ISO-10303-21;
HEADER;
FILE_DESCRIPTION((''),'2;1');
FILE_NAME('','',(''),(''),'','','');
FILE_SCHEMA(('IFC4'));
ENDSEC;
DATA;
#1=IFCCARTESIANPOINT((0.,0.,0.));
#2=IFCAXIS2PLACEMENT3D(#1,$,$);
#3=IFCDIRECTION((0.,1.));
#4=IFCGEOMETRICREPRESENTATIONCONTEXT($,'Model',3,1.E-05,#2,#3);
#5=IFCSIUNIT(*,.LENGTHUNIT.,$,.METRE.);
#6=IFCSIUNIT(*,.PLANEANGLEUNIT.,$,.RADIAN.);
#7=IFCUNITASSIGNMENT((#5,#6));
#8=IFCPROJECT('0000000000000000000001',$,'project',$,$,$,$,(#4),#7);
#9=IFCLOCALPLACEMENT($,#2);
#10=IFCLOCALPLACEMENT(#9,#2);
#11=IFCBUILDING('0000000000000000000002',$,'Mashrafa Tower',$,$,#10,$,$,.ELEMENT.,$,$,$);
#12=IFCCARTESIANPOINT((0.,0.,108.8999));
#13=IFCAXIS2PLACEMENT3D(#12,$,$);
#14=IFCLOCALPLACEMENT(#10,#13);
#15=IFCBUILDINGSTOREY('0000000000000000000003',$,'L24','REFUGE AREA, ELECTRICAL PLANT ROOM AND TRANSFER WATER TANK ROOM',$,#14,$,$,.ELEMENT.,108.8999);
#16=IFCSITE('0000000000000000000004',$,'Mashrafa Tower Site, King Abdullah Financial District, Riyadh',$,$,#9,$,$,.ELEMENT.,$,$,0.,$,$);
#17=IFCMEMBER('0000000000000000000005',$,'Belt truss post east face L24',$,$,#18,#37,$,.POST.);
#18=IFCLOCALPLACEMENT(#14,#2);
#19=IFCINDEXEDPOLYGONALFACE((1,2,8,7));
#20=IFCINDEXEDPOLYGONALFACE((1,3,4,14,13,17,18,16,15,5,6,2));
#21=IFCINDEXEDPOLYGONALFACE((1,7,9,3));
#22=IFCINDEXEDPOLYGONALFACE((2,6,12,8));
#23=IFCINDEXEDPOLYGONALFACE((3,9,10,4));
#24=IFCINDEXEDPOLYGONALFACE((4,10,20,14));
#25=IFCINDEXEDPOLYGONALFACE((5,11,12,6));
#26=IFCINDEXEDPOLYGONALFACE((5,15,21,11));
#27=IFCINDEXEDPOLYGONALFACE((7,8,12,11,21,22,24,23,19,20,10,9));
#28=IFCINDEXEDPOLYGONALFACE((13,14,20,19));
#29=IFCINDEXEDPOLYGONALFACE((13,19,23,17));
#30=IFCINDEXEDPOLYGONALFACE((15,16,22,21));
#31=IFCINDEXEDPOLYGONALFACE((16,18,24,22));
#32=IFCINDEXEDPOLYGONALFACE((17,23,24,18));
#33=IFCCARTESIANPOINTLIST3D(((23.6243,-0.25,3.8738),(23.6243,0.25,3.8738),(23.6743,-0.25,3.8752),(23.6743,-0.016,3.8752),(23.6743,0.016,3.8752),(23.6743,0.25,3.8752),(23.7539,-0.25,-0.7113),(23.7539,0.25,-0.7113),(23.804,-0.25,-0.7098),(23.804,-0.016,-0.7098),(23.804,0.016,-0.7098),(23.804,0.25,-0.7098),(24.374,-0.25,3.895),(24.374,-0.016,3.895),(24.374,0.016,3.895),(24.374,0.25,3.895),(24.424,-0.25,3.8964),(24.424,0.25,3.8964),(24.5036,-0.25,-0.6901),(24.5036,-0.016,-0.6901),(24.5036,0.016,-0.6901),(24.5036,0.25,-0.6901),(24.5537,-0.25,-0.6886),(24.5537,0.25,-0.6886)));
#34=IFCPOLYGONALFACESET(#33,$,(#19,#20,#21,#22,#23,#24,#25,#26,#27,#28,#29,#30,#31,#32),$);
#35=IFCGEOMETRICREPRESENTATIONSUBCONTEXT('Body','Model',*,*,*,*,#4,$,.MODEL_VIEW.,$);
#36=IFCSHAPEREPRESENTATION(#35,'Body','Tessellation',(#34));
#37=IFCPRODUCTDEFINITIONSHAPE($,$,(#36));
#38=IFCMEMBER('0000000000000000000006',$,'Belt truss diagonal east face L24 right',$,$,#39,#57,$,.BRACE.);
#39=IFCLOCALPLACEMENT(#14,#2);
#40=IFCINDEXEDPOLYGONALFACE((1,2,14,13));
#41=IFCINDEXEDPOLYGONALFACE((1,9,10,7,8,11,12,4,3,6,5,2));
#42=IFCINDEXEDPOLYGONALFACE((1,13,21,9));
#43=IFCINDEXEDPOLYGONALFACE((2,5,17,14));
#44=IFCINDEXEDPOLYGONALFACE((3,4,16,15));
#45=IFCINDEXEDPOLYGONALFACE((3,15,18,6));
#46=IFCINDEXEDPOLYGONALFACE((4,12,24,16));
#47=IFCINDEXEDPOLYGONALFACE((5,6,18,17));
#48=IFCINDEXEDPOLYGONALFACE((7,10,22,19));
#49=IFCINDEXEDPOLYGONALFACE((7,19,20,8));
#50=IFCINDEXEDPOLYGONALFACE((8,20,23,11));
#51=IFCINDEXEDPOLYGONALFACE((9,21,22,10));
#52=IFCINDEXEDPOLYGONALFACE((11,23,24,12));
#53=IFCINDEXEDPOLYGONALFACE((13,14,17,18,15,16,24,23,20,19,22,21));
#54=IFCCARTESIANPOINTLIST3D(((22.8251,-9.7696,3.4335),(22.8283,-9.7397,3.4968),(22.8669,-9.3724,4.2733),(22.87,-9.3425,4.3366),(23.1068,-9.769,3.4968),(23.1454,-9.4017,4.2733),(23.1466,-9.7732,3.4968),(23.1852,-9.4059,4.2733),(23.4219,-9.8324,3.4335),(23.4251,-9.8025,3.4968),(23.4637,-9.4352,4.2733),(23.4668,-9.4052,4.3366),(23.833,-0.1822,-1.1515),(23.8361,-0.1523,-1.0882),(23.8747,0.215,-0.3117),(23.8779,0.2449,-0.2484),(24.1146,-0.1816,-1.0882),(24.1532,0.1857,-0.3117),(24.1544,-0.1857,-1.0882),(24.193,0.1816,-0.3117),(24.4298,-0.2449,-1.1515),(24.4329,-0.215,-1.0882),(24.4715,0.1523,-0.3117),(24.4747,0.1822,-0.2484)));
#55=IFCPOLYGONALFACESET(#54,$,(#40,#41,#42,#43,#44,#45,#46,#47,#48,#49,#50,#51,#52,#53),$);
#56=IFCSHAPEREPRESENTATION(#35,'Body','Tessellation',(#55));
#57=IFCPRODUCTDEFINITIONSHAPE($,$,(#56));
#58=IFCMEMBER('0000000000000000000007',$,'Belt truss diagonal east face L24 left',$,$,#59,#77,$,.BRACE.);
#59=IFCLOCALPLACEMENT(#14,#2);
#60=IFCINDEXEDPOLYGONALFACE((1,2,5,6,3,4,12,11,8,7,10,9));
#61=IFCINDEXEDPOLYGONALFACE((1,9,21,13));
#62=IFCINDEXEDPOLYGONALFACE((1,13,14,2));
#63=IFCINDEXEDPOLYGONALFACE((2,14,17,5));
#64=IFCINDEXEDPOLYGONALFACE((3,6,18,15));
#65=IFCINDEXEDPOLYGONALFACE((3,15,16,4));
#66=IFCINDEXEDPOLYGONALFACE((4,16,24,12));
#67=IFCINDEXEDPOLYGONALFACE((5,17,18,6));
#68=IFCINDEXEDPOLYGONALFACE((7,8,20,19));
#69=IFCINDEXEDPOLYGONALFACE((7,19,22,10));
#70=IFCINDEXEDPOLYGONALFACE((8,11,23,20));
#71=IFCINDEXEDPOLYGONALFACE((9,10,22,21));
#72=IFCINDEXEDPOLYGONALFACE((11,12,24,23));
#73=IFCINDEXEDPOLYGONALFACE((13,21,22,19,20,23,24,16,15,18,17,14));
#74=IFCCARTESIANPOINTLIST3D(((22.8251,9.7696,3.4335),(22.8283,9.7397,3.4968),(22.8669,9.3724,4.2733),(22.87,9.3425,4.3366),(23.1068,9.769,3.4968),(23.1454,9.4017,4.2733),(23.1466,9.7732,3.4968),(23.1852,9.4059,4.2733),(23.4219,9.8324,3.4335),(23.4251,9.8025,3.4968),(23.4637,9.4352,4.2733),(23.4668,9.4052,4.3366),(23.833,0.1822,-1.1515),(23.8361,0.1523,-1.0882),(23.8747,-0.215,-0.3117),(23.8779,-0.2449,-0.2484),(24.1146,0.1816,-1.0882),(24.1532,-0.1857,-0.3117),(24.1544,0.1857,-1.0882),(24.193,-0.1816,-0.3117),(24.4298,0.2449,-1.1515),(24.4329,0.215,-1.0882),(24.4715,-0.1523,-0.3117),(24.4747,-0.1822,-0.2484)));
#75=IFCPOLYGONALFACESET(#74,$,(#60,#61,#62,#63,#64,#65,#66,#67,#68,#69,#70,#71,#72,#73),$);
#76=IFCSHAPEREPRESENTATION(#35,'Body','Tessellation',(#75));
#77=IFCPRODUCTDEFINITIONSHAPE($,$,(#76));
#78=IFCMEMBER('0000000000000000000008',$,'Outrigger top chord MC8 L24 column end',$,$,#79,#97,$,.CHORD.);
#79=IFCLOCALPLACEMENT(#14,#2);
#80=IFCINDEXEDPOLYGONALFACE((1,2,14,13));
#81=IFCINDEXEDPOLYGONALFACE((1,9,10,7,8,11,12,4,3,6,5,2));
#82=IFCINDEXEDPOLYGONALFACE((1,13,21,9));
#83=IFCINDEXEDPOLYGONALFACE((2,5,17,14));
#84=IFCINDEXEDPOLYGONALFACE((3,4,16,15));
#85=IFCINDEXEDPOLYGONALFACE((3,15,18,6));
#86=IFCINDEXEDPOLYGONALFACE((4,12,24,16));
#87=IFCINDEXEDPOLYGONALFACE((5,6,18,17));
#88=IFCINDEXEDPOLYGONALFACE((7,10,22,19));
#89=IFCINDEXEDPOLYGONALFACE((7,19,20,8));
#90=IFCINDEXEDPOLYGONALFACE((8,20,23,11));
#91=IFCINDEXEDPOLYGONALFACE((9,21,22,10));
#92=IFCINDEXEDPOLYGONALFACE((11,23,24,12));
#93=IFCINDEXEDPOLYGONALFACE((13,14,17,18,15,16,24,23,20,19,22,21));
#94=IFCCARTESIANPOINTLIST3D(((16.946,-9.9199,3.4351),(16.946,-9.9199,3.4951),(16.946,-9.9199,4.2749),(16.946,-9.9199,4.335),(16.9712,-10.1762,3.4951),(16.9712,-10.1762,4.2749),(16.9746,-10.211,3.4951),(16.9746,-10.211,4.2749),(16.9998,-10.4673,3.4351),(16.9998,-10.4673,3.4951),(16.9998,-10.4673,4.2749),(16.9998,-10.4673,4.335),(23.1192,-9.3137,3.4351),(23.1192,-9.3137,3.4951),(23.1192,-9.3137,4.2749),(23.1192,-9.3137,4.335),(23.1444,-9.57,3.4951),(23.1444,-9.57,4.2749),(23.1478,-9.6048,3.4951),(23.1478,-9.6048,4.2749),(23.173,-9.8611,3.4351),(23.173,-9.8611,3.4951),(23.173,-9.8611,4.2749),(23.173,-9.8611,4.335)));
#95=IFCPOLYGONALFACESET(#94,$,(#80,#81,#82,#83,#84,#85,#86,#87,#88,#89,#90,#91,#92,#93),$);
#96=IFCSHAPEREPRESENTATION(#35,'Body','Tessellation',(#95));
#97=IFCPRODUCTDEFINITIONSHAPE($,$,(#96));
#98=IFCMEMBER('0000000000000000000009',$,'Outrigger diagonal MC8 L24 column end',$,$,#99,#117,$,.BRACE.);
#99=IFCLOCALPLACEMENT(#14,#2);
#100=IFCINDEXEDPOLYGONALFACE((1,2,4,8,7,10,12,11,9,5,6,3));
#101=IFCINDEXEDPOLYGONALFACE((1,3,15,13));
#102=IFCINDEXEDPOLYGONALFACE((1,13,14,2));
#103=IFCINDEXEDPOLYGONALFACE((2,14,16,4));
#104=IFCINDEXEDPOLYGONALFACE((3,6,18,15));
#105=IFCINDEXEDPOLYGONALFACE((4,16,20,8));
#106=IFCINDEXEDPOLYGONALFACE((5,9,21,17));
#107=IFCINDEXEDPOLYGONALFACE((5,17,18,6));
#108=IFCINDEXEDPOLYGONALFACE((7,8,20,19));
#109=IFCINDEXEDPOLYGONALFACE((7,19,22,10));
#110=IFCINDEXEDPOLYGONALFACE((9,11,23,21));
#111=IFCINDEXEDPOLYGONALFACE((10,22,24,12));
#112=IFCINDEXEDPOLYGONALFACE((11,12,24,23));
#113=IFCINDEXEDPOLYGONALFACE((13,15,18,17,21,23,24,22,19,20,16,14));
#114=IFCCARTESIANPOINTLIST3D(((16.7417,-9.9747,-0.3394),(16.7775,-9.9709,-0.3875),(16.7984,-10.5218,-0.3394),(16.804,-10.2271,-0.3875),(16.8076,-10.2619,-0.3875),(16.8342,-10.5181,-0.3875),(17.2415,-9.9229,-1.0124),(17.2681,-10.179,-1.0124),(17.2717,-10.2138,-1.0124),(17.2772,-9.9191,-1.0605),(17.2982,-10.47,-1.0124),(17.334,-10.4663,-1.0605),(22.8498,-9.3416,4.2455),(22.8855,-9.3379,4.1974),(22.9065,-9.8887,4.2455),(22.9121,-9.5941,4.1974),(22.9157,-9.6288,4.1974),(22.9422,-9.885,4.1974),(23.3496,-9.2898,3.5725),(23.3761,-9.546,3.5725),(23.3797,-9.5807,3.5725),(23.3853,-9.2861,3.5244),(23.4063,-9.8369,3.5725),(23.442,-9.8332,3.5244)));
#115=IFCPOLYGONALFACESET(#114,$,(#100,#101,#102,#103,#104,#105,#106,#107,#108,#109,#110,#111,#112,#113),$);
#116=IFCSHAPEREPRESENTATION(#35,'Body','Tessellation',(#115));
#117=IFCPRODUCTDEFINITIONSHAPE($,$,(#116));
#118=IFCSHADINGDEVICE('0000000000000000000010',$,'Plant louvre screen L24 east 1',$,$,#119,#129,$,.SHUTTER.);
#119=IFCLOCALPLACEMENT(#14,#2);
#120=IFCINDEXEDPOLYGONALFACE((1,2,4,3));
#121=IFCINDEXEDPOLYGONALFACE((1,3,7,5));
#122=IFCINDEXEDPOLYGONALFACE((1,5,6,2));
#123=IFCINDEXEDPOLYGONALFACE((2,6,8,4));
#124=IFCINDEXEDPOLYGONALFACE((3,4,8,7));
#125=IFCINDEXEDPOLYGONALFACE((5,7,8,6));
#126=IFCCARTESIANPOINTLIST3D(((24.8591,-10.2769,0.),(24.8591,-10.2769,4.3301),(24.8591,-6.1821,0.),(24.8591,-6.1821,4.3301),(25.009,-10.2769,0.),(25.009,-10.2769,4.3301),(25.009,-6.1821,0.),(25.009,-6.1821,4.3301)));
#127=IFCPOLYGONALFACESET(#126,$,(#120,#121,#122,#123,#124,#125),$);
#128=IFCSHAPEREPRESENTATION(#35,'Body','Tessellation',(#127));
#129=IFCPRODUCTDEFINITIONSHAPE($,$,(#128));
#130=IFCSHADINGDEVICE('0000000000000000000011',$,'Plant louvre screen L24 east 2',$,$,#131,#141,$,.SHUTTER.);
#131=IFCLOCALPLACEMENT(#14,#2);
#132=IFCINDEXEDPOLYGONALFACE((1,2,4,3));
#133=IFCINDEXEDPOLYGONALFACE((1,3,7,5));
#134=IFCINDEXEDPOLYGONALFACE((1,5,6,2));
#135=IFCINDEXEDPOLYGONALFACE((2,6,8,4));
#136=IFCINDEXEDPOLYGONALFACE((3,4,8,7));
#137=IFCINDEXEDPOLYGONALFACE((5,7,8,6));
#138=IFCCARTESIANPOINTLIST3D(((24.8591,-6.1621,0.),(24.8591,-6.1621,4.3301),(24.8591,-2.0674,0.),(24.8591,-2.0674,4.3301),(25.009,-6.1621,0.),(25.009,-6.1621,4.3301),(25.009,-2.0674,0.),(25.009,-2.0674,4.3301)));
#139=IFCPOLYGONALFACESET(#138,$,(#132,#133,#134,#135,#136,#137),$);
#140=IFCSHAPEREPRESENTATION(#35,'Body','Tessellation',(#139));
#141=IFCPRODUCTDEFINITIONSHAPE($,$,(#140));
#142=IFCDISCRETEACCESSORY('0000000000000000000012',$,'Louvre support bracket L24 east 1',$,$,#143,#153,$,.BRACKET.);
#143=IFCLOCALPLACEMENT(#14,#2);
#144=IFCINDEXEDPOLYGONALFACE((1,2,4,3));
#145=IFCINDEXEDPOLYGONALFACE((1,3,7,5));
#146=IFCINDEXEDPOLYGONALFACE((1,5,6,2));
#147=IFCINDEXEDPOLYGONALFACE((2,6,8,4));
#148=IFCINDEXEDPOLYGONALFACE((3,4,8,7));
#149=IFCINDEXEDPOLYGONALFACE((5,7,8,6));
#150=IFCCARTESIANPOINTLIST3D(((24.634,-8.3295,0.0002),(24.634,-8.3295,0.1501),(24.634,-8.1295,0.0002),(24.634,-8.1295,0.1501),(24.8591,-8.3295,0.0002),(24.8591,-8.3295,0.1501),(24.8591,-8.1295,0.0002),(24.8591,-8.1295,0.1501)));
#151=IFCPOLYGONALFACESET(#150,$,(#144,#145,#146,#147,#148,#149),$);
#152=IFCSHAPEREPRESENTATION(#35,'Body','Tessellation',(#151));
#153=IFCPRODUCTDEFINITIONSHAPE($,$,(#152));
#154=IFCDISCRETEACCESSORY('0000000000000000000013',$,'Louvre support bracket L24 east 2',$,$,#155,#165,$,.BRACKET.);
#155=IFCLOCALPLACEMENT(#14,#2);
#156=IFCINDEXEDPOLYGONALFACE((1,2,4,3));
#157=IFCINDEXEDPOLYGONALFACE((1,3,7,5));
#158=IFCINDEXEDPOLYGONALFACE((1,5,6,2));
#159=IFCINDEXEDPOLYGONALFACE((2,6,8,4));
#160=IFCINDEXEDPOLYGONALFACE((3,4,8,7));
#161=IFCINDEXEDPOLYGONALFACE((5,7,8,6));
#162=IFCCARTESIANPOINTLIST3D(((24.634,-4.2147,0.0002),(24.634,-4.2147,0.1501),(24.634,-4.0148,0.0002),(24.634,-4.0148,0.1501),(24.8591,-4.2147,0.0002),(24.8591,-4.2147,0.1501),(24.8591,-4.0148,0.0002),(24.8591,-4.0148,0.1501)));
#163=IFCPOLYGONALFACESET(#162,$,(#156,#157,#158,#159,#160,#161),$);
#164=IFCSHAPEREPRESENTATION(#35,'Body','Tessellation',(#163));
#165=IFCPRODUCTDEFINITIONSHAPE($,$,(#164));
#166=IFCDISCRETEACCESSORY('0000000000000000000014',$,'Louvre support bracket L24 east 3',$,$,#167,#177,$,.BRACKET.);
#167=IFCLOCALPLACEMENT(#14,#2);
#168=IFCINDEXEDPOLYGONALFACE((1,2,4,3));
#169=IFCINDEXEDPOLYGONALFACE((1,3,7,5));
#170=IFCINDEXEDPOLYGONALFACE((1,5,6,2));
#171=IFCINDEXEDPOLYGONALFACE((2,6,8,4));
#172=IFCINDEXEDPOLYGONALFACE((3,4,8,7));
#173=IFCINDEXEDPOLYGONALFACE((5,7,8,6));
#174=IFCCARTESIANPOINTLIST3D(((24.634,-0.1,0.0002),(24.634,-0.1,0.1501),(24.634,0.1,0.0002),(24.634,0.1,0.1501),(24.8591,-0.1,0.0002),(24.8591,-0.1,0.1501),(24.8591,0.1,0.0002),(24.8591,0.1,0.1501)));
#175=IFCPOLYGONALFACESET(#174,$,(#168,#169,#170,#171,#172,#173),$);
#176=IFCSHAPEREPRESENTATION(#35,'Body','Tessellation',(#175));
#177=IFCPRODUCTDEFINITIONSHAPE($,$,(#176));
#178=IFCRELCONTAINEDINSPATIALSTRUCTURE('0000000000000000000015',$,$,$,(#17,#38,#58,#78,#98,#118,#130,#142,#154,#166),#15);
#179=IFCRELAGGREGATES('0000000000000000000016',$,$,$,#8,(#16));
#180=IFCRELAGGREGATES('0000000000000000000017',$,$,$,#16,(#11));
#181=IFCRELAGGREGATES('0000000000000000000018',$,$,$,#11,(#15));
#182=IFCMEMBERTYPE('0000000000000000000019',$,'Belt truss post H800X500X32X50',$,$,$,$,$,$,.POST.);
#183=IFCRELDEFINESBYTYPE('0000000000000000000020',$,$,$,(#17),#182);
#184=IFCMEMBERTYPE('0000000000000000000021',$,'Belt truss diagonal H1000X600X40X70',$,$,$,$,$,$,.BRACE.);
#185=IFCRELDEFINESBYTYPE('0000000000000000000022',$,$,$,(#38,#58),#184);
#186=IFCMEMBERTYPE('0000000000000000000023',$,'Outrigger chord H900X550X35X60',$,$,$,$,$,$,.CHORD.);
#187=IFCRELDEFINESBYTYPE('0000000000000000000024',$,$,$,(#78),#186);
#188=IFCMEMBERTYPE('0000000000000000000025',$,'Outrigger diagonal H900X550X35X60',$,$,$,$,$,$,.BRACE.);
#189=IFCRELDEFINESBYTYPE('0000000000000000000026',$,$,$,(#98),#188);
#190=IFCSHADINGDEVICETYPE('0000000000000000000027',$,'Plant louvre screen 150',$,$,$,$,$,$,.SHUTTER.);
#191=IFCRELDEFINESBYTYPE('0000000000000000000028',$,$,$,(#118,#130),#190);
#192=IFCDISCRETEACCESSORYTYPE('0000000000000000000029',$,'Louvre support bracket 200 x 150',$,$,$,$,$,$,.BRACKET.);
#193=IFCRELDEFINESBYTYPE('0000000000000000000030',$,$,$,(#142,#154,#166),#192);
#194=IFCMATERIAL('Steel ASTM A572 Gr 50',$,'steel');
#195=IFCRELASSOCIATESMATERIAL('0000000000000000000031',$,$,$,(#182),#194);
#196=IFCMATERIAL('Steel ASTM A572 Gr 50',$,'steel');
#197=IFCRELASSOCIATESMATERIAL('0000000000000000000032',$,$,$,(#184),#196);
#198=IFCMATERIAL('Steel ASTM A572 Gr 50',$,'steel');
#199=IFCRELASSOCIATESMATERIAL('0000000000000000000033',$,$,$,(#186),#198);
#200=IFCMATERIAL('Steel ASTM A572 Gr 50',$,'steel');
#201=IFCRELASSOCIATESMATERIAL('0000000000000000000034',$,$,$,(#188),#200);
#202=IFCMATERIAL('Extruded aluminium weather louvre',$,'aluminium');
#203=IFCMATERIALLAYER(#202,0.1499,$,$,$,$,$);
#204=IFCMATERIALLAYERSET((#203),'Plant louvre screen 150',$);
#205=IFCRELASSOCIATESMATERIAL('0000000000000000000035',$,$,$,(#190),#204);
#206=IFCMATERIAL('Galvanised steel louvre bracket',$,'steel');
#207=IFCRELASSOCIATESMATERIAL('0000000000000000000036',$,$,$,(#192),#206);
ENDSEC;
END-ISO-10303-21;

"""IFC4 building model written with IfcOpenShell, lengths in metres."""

from ifc_helpers import new_model, si_unit, direction, frame, origin, origin_2d, place, context, subcontext, project, spatial, rectangle, i_section, extrude, source, transform, mapped, material, layer, layer_set, material_profile, profile_set, type_object, type_shapes, element, save


model = new_model("IFC4")

# Units and contexts
model_context = context("Model", 3, precision=1e-05, world=origin(), true_north=direction((0.0, 1.0)))
body_context = subcontext(model_context, "Body", "Model", "MODEL_VIEW")
ifc_project = project(units=[si_unit("LENGTHUNIT", "METRE"), si_unit("PLANEANGLEUNIT", "RADIAN")], contexts=[model_context])

# Site, building, storey
site_placement = place(None, origin())
site = spatial("IfcSite", under=ifc_project, at=site_placement, Name="Mashrafa Tower Site, King Abdullah Financial District, Riyadh", CompositionType="ELEMENT", RefElevation=0.0)
building_placement = place(site_placement, origin())
building = spatial("IfcBuilding", under=site, at=building_placement, Name="Mashrafa Tower", CompositionType="ELEMENT")
storey_placement = place(building_placement, frame((0.0, 0.0, 108.8999)))
storey = spatial("IfcBuildingStorey", under=building, at=storey_placement, Name="L24", Description="REFUGE AREA, ELECTRICAL PLANT ROOM AND TRANSFER WATER TANK ROOM", CompositionType="ELEMENT", Elevation=108.8999)

# Members
ifc_material_1 = material(Name="Steel ASTM A572 Gr 50", Category="steel")
ifc_material_profile_1 = material_profile(ifc_material_1, i_section(OverallWidth=0.5, OverallDepth=0.8, WebThickness=0.032, FlangeThickness=0.05, at=origin_2d()), Name="H800X500X32X50")
ifc_profile_set_1 = profile_set([ifc_material_profile_1], Name="Steel ASTM A572 Gr 50")
member_type_1 = type_object("IfcMemberType", Name="Belt truss post H800X500X32X50", PredefinedType="POST", material=ifc_profile_set_1)
shared_shape_1 = source(origin(), body_context, "Body", "SweptSolid", [
    extrude(i_section(OverallWidth=0.5, OverallDepth=0.8, WebThickness=0.032, FlangeThickness=0.05, at=origin_2d()), origin(), (0.0, 0.0, 1.0), 4.5869),
])
type_shapes(member_type_1, [shared_shape_1])
member_1_placement = place(storey_placement, frame((24.1538, 0.0, -0.7), z_axis=(-0.028263, 0.0, 0.999601), x_axis=(0.0, -1.0, 0.0)))
element("IfcMember", 1, at=member_1_placement, inside=storey, type_object=member_type_1, Name="Belt truss post east face L24", PredefinedType="POST", context=body_context, shape_type="MappedRepresentation", body=[
    mapped(shared_shape_1, transform((0.0, 0.0, 0.0))),
])
ifc_material_2 = material(Name="Steel ASTM A572 Gr 50", Category="steel")
ifc_material_profile_2 = material_profile(ifc_material_2, i_section(OverallWidth=0.6001, OverallDepth=1.0, WebThickness=0.04, FlangeThickness=0.0701, at=origin_2d()), Name="H1000X600X40X70")
ifc_profile_set_2 = profile_set([ifc_material_profile_2], Name="Steel ASTM A572 Gr 50")
member_type_2 = type_object("IfcMemberType", Name="Belt truss diagonal H1000X600X40X70", PredefinedType="BRACE", material=ifc_profile_set_2)
shared_shape_2 = source(origin(), body_context, "Body", "SweptSolid", [
    extrude(i_section(OverallWidth=0.6001, OverallDepth=1.0, WebThickness=0.04, FlangeThickness=0.0701, at=origin_2d()), origin(), (0.0, 0.0, 1.0), 10.675),
])
type_shapes(member_type_2, [shared_shape_2])
for number, where, z_axis, x_axis, name in (
    (2, (24.1538, 0.0, -0.7), (-0.094409, -0.898116, 0.429504), (0.99452, -0.104542, 0.0), "Belt truss diagonal east face L24 right"),
    (3, (24.1538, 0.0, -0.7), (-0.094409, 0.898116, 0.429504), (-0.99452, -0.104542, 0.0), "Belt truss diagonal east face L24 left"),
):
    element("IfcMember", number, at=place(storey_placement, frame(where, z_axis=z_axis, x_axis=x_axis)), inside=storey, type_object=member_type_2, Name=name, PredefinedType="BRACE", context=body_context, shape_type="MappedRepresentation", body=[
        mapped(shared_shape_2, transform((0.0, 0.0, 0.0))),
    ])
ifc_material_3 = material(Name="Steel ASTM A572 Gr 50", Category="steel")
ifc_material_profile_3 = material_profile(ifc_material_3, i_section(OverallWidth=0.55, OverallDepth=0.8999, WebThickness=0.0349, FlangeThickness=0.0601, at=origin_2d()), Name="H900X550X35X60")
ifc_profile_set_3 = profile_set([ifc_material_profile_3], Name="Steel ASTM A572 Gr 50")
member_type_3 = type_object("IfcMemberType", Name="Outrigger chord H900X550X35X60", PredefinedType="CHORD", material=ifc_profile_set_3)
shared_shape_3 = source(origin(), body_context, "Body", "SweptSolid", [
    extrude(i_section(OverallWidth=0.55, OverallDepth=0.8999, WebThickness=0.0349, FlangeThickness=0.0601, at=origin_2d()), origin(), (0.0, 0.0, 1.0), 6.2029),
])
type_shapes(member_type_3, [shared_shape_3])
member_2_placement = place(storey_placement, frame((16.9729, -10.1936, 3.885), z_axis=(0.995213, 0.09773, 0.0), x_axis=(-0.09773, 0.995213, 0.0)))
element("IfcMember", 4, at=member_2_placement, inside=storey, type_object=member_type_3, Name="Outrigger top chord MC8 L24 column end", PredefinedType="CHORD", context=body_context, shape_type="MappedRepresentation", body=[
    mapped(shared_shape_3, transform((0.0, 0.0, 0.0))),
])
ifc_material_4 = material(Name="Steel ASTM A572 Gr 50", Category="steel")
ifc_material_profile_4 = material_profile(ifc_material_4, i_section(OverallWidth=0.55, OverallDepth=0.8999, WebThickness=0.0349, FlangeThickness=0.0601, at=origin_2d()), Name="H900X550X35X60")
ifc_profile_set_4 = profile_set([ifc_material_profile_4], Name="Steel ASTM A572 Gr 50")
member_type_4 = type_object("IfcMemberType", Name="Outrigger diagonal H900X550X35X60", PredefinedType="BRACE", material=ifc_profile_set_4)
shared_shape_4 = source(origin(), body_context, "Body", "SweptSolid", [
    extrude(i_section(OverallWidth=0.55, OverallDepth=0.8999, WebThickness=0.0349, FlangeThickness=0.0601, at=origin_2d()), origin(), (0.0, 0.0, 1.0), 7.6636),
])
type_shapes(member_type_4, [shared_shape_4])
member_3_placement = place(storey_placement, frame((17.0378, -10.2205, -0.7), z_axis=(0.797025, 0.082605, 0.598271), x_axis=(-0.103089, 0.994672, 0.0)))
element("IfcMember", 5, at=member_3_placement, inside=storey, type_object=member_type_4, Name="Outrigger diagonal MC8 L24 column end", PredefinedType="BRACE", context=body_context, shape_type="MappedRepresentation", body=[
    mapped(shared_shape_4, transform((0.0, 0.0, 0.0))),
])

# Shading devices
ifc_material_5 = material(Name="Extruded aluminium weather louvre", Category="aluminium")
ifc_layer = layer(ifc_material_5, 0.1499)
ifc_layer_set = layer_set([ifc_layer], Name="Plant louvre screen 150")
shading_device_type = type_object("IfcShadingDeviceType", Name="Plant louvre screen 150", PredefinedType="SHUTTER", material=ifc_layer_set)
shared_shape_5 = source(origin(), body_context, "Body", "SweptSolid", [
    extrude(rectangle(XDim=4.0947, YDim=0.1499, at=origin_2d()), origin(), (0.0, 0.0, 1.0), 4.3301),
])
type_shapes(shading_device_type, [shared_shape_5])
for number, where, z_axis, x_axis, name in (
    (6, (24.9341, -8.2295, 0.0), (0.0, 0.0, 1.0), (0.0, 1.0, 0.0), "Plant louvre screen L24 east 1"),
    (7, (24.9341, -4.1147, 0.0), (0.0, 0.0, 1.0), (0.0, 1.0, 0.0), "Plant louvre screen L24 east 2"),
):
    element("IfcShadingDevice", number, at=place(storey_placement, frame(where, z_axis=z_axis, x_axis=x_axis)), inside=storey, type_object=shading_device_type, Name=name, PredefinedType="SHUTTER", context=body_context, shape_type="MappedRepresentation", body=[
        mapped(shared_shape_5, transform((0.0, 0.0, 0.0))),
    ])

# Discrete accessories
ifc_material_6 = material(Name="Galvanised steel louvre bracket", Category="steel")
discrete_accessory_type = type_object("IfcDiscreteAccessoryType", Name="Louvre support bracket 200 x 150", PredefinedType="BRACKET", material=ifc_material_6)
shared_shape_6 = source(origin(), body_context, "Body", "SweptSolid", [
    extrude(rectangle(XDim=0.2, YDim=0.2251, at=origin_2d()), origin(), (0.0, 0.0, 1.0), 0.1499),
])
type_shapes(discrete_accessory_type, [shared_shape_6])
for number, where, z_axis, x_axis, name in (
    (8, (24.7466, -8.2295, 0.0002), (0.0, 0.0, 1.0), (0.0, 1.0, 0.0), "Louvre support bracket L24 east 1"),
    (9, (24.7466, -4.1147, 0.0002), (0.0, 0.0, 1.0), (0.0, 1.0, 0.0), "Louvre support bracket L24 east 2"),
    (10, (24.7466, 0.0, 0.0002), (0.0, 0.0, 1.0), (0.0, 1.0, 0.0), "Louvre support bracket L24 east 3"),
):
    element("IfcDiscreteAccessory", number, at=place(storey_placement, frame(where, z_axis=z_axis, x_axis=x_axis)), inside=storey, type_object=discrete_accessory_type, Name=name, PredefinedType="BRACKET", context=body_context, shape_type="MappedRepresentation", body=[
        mapped(shared_shape_6, transform((0.0, 0.0, 0.0))),
    ])

save(model, "model.ifc")
